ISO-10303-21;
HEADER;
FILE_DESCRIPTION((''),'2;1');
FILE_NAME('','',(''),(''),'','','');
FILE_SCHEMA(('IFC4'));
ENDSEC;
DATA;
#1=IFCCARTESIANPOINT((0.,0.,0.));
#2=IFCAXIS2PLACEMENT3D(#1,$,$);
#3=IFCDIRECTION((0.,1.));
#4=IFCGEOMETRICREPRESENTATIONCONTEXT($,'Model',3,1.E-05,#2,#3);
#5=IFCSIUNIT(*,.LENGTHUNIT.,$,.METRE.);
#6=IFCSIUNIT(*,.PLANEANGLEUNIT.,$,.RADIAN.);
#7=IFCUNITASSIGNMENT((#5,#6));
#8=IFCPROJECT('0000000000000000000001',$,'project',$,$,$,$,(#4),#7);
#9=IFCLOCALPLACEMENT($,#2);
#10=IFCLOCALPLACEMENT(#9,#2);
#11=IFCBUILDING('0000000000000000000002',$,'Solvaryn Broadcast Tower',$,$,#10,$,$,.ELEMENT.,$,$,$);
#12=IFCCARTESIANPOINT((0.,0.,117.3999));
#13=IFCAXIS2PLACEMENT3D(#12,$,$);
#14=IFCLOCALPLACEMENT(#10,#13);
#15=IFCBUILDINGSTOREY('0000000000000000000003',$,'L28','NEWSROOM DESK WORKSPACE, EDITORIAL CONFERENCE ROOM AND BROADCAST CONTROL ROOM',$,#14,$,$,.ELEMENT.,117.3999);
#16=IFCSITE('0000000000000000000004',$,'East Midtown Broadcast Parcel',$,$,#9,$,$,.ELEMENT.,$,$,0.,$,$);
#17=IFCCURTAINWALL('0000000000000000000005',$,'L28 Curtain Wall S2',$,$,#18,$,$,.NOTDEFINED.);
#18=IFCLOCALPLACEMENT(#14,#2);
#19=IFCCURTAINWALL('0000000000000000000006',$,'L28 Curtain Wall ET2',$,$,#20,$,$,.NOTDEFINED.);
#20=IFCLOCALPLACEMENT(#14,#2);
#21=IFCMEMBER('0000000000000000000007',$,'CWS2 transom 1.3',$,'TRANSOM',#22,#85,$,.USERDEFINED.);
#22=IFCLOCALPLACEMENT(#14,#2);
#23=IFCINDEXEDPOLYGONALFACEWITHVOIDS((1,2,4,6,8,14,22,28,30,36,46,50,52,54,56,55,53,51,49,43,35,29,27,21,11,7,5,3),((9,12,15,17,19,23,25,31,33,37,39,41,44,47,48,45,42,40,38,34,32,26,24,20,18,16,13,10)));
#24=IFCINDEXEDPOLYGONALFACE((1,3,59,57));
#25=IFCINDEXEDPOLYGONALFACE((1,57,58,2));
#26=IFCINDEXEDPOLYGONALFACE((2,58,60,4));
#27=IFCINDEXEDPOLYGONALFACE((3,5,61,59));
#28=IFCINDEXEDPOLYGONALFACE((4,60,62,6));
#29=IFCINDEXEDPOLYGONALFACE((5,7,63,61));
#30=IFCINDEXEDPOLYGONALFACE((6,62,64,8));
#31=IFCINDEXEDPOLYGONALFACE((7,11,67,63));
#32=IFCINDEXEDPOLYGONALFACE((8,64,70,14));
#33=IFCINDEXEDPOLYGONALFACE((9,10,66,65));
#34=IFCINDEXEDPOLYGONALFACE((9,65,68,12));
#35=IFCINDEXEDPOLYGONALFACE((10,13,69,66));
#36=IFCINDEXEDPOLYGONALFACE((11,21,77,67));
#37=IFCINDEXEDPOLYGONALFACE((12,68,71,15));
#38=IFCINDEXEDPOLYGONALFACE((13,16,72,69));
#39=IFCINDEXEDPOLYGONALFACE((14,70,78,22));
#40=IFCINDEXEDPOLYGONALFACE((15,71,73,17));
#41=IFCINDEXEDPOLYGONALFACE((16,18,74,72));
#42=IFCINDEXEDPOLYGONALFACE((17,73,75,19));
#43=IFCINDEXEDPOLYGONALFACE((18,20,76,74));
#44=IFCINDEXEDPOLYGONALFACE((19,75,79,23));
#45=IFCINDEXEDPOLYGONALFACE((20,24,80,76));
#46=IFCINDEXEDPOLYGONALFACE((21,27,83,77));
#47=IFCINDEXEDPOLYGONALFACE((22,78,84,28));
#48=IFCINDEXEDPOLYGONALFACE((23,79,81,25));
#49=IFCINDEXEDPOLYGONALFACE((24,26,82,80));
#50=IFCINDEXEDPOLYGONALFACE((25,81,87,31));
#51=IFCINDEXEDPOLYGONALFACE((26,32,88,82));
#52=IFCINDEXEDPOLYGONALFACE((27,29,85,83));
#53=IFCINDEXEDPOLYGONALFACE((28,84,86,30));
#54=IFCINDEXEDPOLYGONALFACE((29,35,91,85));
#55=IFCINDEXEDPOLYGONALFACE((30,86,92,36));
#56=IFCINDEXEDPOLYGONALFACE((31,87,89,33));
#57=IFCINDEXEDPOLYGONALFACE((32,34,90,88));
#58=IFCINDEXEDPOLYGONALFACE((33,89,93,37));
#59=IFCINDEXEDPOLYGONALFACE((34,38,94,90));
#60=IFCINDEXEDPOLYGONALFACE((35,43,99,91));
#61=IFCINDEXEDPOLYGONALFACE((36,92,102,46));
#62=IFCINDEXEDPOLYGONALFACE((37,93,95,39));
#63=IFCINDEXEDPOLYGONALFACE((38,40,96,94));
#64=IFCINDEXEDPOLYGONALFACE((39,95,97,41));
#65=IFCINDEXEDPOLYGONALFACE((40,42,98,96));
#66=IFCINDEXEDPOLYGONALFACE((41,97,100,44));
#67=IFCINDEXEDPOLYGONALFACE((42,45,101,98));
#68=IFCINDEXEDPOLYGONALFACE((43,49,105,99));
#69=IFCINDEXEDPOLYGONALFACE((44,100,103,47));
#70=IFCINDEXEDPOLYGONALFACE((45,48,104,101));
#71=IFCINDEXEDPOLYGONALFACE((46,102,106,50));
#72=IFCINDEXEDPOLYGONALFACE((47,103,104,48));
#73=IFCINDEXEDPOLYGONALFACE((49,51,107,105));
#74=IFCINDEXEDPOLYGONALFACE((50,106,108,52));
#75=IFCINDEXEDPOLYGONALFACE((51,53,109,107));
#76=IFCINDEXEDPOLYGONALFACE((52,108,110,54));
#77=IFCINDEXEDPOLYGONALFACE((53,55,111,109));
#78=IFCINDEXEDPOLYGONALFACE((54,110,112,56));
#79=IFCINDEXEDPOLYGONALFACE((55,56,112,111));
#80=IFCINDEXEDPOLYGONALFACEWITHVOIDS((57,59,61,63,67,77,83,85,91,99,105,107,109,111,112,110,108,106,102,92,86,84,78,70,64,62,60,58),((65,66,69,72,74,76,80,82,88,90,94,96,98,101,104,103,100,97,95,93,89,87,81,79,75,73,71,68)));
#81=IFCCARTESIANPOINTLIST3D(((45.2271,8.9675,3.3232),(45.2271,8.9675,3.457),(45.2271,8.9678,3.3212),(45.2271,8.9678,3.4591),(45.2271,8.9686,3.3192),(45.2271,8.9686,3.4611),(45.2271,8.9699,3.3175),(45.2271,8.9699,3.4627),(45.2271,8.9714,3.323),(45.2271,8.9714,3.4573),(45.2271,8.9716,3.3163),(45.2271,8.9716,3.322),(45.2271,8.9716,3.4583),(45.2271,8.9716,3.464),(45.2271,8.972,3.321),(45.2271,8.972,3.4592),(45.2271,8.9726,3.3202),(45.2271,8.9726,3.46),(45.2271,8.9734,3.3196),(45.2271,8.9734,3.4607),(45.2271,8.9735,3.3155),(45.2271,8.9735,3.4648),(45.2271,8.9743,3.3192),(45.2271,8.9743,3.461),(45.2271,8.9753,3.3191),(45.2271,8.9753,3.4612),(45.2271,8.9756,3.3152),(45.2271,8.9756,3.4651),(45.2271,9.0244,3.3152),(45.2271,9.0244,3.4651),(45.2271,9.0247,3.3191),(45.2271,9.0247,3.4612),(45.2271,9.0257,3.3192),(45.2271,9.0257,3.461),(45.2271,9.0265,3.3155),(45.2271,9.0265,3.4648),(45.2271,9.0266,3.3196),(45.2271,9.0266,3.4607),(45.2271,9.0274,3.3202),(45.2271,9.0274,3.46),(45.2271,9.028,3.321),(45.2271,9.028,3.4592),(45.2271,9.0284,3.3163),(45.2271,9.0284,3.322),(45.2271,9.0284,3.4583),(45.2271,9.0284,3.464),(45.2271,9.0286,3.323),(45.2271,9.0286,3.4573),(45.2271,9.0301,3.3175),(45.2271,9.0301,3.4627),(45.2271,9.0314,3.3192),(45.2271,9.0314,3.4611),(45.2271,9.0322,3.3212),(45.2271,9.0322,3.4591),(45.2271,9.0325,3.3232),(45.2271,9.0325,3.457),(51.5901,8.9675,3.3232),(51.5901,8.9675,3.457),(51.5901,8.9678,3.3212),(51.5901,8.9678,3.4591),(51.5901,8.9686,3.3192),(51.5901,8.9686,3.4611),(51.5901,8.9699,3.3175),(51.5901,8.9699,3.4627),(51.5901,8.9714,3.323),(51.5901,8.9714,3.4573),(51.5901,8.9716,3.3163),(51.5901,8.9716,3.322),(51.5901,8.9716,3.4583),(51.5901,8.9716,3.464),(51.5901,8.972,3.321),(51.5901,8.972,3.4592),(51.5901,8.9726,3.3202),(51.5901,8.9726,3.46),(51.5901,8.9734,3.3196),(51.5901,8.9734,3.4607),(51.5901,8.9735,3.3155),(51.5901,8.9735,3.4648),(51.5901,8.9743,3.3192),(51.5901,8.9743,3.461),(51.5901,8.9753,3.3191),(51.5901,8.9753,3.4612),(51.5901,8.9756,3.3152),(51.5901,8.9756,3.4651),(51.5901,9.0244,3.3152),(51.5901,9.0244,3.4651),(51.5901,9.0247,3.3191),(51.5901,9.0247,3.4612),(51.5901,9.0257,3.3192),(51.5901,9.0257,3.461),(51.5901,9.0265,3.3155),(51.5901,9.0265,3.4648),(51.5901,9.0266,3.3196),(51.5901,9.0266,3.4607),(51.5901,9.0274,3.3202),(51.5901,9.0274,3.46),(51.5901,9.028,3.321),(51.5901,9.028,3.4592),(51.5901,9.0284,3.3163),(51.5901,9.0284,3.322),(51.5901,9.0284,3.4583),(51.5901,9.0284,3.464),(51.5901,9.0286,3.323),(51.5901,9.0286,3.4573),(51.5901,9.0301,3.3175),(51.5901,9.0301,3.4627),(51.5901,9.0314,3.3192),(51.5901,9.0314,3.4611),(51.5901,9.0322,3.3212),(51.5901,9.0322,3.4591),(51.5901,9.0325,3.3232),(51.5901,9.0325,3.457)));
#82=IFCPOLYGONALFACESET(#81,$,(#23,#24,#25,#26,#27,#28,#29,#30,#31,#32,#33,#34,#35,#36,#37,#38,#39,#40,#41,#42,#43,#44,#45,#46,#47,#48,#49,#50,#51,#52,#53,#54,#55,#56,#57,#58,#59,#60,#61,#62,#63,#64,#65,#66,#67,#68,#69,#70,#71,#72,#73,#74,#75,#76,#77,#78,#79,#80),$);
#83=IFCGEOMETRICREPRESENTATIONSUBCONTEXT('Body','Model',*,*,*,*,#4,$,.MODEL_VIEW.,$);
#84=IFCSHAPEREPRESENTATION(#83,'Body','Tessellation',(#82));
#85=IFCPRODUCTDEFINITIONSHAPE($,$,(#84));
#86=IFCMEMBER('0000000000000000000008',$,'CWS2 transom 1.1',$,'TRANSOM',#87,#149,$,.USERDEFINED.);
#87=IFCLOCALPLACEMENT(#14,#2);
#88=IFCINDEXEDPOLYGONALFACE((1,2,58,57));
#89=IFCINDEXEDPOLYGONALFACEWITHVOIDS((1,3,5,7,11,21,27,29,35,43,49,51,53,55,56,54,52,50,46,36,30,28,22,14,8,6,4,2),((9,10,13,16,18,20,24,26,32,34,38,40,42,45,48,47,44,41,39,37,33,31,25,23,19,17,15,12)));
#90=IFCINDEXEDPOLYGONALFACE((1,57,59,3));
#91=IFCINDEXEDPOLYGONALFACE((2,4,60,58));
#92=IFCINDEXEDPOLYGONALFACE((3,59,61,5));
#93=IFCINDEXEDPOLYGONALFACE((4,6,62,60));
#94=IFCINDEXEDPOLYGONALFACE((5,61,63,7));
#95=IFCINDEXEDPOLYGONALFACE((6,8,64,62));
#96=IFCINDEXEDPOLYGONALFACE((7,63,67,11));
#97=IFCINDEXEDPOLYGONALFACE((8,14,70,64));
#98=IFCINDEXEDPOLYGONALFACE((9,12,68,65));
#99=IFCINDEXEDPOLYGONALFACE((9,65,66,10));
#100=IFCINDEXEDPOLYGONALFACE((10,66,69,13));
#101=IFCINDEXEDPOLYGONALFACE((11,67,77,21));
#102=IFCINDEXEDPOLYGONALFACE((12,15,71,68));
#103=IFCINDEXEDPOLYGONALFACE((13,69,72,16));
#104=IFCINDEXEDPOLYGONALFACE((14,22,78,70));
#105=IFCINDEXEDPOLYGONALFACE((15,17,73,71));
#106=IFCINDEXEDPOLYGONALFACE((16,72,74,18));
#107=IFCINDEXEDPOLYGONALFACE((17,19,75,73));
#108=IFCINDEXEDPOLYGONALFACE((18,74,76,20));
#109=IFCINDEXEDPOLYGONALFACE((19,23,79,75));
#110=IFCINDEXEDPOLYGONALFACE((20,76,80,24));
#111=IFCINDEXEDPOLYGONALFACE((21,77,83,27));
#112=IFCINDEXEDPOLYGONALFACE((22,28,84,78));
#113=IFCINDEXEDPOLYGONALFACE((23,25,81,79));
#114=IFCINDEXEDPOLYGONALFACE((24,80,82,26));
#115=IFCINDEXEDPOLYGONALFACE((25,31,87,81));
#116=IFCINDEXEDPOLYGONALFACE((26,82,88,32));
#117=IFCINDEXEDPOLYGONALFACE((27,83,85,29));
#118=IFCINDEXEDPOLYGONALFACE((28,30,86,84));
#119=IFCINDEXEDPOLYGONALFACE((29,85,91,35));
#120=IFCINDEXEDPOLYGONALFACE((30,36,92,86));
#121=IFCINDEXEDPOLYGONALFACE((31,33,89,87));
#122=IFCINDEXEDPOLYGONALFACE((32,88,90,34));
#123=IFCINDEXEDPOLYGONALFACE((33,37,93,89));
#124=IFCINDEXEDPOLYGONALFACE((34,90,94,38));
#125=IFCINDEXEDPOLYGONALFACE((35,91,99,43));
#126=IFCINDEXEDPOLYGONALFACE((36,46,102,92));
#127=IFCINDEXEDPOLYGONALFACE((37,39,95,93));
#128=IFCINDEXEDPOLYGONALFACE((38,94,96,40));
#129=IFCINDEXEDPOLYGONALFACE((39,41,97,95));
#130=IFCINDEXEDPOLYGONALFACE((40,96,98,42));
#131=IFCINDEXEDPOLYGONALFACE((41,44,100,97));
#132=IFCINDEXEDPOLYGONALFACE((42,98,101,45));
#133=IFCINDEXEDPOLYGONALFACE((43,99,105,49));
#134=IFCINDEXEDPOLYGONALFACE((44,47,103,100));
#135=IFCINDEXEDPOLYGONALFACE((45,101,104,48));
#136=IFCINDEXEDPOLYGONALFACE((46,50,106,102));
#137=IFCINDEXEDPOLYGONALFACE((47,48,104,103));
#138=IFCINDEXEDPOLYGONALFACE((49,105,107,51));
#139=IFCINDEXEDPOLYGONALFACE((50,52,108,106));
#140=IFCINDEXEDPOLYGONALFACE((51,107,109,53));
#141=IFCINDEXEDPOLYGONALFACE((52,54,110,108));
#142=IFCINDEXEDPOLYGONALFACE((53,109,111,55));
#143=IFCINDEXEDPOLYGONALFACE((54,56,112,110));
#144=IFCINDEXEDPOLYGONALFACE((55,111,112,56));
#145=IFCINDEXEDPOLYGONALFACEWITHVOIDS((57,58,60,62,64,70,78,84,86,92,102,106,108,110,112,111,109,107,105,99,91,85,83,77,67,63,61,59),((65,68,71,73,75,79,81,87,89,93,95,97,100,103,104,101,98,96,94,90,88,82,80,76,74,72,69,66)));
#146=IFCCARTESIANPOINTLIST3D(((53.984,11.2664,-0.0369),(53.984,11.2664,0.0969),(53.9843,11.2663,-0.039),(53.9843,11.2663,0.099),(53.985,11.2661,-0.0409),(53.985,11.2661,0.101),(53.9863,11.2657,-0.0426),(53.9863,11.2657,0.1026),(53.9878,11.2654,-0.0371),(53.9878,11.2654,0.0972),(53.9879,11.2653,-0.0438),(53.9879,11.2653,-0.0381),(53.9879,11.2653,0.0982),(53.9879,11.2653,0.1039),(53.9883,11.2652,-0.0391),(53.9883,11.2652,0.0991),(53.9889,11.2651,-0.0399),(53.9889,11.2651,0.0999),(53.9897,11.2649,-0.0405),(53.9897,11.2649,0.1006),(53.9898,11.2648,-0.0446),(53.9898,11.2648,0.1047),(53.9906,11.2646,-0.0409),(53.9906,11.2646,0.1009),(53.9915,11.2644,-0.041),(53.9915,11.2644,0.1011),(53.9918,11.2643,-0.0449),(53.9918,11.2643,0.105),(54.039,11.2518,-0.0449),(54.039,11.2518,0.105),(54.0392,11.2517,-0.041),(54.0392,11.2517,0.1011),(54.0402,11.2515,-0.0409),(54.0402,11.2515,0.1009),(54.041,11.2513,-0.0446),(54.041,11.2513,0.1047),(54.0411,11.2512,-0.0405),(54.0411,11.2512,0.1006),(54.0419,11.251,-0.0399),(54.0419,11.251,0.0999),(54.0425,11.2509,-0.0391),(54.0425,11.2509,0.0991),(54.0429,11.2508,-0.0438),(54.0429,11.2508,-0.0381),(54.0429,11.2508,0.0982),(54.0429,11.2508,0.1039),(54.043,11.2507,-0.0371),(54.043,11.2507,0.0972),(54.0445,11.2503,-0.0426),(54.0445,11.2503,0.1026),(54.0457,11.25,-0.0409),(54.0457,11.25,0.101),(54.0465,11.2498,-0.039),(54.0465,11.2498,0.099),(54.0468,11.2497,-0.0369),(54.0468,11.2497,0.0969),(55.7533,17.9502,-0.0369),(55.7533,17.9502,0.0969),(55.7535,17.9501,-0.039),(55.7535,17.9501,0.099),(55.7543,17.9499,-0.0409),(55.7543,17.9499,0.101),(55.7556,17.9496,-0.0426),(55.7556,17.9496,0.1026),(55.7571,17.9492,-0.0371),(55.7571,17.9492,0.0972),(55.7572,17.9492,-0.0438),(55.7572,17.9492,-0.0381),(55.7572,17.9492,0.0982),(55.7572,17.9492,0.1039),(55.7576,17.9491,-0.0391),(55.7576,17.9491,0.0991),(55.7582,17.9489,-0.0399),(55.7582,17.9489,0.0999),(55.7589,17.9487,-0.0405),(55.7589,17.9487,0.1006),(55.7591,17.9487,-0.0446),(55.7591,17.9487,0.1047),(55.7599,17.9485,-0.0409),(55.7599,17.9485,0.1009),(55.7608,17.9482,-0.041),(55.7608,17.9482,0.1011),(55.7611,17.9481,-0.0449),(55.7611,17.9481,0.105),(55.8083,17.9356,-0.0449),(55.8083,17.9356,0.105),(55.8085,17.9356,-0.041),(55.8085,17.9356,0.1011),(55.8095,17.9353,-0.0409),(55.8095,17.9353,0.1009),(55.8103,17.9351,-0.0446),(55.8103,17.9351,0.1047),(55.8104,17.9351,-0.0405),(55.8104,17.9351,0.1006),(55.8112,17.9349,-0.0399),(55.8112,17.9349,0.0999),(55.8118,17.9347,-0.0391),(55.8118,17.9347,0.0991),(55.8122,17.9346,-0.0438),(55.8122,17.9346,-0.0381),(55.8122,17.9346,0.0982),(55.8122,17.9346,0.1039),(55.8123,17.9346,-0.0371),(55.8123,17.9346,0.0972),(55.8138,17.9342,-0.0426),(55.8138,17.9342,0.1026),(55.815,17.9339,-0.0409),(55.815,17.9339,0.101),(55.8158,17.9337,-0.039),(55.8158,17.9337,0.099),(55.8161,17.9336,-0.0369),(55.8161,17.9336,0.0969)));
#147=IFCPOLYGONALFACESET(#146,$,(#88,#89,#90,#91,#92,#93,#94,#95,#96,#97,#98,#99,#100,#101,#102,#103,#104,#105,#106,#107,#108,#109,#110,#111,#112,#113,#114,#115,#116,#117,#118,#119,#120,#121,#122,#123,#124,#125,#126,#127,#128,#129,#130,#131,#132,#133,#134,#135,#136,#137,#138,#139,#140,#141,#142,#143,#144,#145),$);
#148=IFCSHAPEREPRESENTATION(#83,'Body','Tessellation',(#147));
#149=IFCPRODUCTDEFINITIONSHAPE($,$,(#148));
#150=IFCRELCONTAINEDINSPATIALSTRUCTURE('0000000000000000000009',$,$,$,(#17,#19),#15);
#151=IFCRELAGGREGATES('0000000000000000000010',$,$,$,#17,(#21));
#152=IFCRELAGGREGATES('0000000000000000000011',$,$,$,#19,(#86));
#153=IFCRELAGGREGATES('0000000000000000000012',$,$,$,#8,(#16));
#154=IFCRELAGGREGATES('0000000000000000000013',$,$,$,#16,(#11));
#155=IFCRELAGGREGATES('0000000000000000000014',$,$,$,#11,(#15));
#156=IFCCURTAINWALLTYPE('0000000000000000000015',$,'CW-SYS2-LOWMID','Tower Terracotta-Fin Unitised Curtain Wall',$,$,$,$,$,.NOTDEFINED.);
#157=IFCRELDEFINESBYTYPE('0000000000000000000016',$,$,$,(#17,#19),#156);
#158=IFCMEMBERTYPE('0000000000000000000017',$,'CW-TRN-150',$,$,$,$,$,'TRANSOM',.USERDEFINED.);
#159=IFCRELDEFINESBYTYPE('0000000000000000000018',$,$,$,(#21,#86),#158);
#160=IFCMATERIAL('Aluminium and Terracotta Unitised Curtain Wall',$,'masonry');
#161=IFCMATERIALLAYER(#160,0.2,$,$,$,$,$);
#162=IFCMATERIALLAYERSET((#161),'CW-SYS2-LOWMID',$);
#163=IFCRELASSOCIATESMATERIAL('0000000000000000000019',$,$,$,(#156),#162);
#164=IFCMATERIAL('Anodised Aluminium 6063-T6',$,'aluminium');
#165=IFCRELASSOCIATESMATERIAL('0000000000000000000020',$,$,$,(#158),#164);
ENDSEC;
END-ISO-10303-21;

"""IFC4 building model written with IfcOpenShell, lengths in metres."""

from ifc_helpers import new_model, si_unit, direction, frame, origin, origin_2d, place, context, subcontext, project, spatial, hollow_rectangle, extrude, material, layer, layer_set, material_profile, profile_set, type_object, element, aggregate, save


model = new_model("IFC4")

# Units and contexts
model_context = context("Model", 3, precision=1e-05, world=origin(), true_north=direction((0.0, 1.0)))
body_context = subcontext(model_context, "Body", "Model", "MODEL_VIEW")
ifc_project = project(units=[si_unit("LENGTHUNIT", "METRE"), si_unit("PLANEANGLEUNIT", "RADIAN")], contexts=[model_context])

# Site, building, storey
site_placement = place(None, origin())
site = spatial("IfcSite", under=ifc_project, at=site_placement, Name="East Midtown Broadcast Parcel", CompositionType="ELEMENT", RefElevation=0.0)
building_placement = place(site_placement, origin())
building = spatial("IfcBuilding", under=site, at=building_placement, Name="Solvaryn Broadcast Tower", CompositionType="ELEMENT")
storey_placement = place(building_placement, frame((0.0, 0.0, 117.3999)))
storey = spatial("IfcBuildingStorey", under=building, at=storey_placement, Name="L28", Description="NEWSROOM DESK WORKSPACE, EDITORIAL CONFERENCE ROOM AND BROADCAST CONTROL ROOM", CompositionType="ELEMENT", Elevation=117.3999)

# Curtain wall
ifc_material_1 = material(Name="Aluminium and Terracotta Unitised Curtain Wall", Category="masonry")
ifc_layer_1 = layer(ifc_material_1, 0.2)
ifc_layer_set_1 = layer_set([ifc_layer_1], Name="CW-SYS2-LOWMID")
curtain_wall_type = type_object("IfcCurtainWallType", Name="CW-SYS2-LOWMID", Description="Tower Terracotta-Fin Unitised Curtain Wall", PredefinedType="NOTDEFINED", material=ifc_layer_set_1)
curtain_wall_1_placement = place(storey_placement, origin())
curtain_wall_1 = element("IfcCurtainWall", 1, at=curtain_wall_1_placement, inside=storey, type_object=curtain_wall_type, Name="L28 Curtain Wall S2", PredefinedType="NOTDEFINED")

# Curtain wall
curtain_wall_2_placement = place(storey_placement, origin())
curtain_wall_2 = element("IfcCurtainWall", 2, at=curtain_wall_2_placement, inside=storey, type_object=curtain_wall_type, Name="L28 Curtain Wall ET2", PredefinedType="NOTDEFINED")

# Members
ifc_material_2 = material(Name="Anodised Aluminium 6063-T6", Category="aluminium")
ifc_material_profile_1 = material_profile(ifc_material_2, hollow_rectangle(XDim=0.0649, YDim=0.1499, WallThickness=0.0039, InnerFilletRadius=0.0039, OuterFilletRadius=0.0081, at=origin_2d()))
ifc_profile_set_1 = profile_set([ifc_material_profile_1], Name="Anodised Aluminium 6063-T6")
member_type_1 = type_object("IfcMemberType", Name="CW-TRN-150", ElementType="TRANSOM", PredefinedType="USERDEFINED", material=ifc_profile_set_1)
member_1_placement = place(storey_placement, frame((45.2271, 9.0, 3.3901), z_axis=(1.0, 0.0, 0.0), x_axis=(0.0, 1.0, 0.0)))
member_1 = element("IfcMember", 3, at=member_1_placement, type_object=member_type_1, Name="CWS2 transom 1.3", ObjectType="TRANSOM", PredefinedType="USERDEFINED", context=body_context, shape_type="SweptSolid", body=[
    extrude(hollow_rectangle(XDim=0.0649, YDim=0.1499, WallThickness=0.0039, InnerFilletRadius=0.0039, OuterFilletRadius=0.0081, at=origin_2d()), origin(), (0.0, 0.0, 1.0), 6.363),
])
member_2_placement = place(storey_placement, frame((55.7847, 17.9419, 0.03), z_axis=(-0.255897, -0.966704, 0.0), x_axis=(0.966704, -0.255897, 0.0)))
member_2 = element("IfcMember", 4, at=member_2_placement, type_object=member_type_1, Name="CWS2 transom 1.1", ObjectType="TRANSOM", PredefinedType="USERDEFINED", context=body_context, shape_type="SweptSolid", body=[
    extrude(hollow_rectangle(XDim=0.0649, YDim=0.1499, WallThickness=0.0039, InnerFilletRadius=0.0039, OuterFilletRadius=0.0081, at=origin_2d()), origin(), (0.0, 0.0, 1.0), 6.9141),
])

aggregate(curtain_wall_1, [member_1])
aggregate(curtain_wall_2, [member_2])

save(model, "model.ifc")
